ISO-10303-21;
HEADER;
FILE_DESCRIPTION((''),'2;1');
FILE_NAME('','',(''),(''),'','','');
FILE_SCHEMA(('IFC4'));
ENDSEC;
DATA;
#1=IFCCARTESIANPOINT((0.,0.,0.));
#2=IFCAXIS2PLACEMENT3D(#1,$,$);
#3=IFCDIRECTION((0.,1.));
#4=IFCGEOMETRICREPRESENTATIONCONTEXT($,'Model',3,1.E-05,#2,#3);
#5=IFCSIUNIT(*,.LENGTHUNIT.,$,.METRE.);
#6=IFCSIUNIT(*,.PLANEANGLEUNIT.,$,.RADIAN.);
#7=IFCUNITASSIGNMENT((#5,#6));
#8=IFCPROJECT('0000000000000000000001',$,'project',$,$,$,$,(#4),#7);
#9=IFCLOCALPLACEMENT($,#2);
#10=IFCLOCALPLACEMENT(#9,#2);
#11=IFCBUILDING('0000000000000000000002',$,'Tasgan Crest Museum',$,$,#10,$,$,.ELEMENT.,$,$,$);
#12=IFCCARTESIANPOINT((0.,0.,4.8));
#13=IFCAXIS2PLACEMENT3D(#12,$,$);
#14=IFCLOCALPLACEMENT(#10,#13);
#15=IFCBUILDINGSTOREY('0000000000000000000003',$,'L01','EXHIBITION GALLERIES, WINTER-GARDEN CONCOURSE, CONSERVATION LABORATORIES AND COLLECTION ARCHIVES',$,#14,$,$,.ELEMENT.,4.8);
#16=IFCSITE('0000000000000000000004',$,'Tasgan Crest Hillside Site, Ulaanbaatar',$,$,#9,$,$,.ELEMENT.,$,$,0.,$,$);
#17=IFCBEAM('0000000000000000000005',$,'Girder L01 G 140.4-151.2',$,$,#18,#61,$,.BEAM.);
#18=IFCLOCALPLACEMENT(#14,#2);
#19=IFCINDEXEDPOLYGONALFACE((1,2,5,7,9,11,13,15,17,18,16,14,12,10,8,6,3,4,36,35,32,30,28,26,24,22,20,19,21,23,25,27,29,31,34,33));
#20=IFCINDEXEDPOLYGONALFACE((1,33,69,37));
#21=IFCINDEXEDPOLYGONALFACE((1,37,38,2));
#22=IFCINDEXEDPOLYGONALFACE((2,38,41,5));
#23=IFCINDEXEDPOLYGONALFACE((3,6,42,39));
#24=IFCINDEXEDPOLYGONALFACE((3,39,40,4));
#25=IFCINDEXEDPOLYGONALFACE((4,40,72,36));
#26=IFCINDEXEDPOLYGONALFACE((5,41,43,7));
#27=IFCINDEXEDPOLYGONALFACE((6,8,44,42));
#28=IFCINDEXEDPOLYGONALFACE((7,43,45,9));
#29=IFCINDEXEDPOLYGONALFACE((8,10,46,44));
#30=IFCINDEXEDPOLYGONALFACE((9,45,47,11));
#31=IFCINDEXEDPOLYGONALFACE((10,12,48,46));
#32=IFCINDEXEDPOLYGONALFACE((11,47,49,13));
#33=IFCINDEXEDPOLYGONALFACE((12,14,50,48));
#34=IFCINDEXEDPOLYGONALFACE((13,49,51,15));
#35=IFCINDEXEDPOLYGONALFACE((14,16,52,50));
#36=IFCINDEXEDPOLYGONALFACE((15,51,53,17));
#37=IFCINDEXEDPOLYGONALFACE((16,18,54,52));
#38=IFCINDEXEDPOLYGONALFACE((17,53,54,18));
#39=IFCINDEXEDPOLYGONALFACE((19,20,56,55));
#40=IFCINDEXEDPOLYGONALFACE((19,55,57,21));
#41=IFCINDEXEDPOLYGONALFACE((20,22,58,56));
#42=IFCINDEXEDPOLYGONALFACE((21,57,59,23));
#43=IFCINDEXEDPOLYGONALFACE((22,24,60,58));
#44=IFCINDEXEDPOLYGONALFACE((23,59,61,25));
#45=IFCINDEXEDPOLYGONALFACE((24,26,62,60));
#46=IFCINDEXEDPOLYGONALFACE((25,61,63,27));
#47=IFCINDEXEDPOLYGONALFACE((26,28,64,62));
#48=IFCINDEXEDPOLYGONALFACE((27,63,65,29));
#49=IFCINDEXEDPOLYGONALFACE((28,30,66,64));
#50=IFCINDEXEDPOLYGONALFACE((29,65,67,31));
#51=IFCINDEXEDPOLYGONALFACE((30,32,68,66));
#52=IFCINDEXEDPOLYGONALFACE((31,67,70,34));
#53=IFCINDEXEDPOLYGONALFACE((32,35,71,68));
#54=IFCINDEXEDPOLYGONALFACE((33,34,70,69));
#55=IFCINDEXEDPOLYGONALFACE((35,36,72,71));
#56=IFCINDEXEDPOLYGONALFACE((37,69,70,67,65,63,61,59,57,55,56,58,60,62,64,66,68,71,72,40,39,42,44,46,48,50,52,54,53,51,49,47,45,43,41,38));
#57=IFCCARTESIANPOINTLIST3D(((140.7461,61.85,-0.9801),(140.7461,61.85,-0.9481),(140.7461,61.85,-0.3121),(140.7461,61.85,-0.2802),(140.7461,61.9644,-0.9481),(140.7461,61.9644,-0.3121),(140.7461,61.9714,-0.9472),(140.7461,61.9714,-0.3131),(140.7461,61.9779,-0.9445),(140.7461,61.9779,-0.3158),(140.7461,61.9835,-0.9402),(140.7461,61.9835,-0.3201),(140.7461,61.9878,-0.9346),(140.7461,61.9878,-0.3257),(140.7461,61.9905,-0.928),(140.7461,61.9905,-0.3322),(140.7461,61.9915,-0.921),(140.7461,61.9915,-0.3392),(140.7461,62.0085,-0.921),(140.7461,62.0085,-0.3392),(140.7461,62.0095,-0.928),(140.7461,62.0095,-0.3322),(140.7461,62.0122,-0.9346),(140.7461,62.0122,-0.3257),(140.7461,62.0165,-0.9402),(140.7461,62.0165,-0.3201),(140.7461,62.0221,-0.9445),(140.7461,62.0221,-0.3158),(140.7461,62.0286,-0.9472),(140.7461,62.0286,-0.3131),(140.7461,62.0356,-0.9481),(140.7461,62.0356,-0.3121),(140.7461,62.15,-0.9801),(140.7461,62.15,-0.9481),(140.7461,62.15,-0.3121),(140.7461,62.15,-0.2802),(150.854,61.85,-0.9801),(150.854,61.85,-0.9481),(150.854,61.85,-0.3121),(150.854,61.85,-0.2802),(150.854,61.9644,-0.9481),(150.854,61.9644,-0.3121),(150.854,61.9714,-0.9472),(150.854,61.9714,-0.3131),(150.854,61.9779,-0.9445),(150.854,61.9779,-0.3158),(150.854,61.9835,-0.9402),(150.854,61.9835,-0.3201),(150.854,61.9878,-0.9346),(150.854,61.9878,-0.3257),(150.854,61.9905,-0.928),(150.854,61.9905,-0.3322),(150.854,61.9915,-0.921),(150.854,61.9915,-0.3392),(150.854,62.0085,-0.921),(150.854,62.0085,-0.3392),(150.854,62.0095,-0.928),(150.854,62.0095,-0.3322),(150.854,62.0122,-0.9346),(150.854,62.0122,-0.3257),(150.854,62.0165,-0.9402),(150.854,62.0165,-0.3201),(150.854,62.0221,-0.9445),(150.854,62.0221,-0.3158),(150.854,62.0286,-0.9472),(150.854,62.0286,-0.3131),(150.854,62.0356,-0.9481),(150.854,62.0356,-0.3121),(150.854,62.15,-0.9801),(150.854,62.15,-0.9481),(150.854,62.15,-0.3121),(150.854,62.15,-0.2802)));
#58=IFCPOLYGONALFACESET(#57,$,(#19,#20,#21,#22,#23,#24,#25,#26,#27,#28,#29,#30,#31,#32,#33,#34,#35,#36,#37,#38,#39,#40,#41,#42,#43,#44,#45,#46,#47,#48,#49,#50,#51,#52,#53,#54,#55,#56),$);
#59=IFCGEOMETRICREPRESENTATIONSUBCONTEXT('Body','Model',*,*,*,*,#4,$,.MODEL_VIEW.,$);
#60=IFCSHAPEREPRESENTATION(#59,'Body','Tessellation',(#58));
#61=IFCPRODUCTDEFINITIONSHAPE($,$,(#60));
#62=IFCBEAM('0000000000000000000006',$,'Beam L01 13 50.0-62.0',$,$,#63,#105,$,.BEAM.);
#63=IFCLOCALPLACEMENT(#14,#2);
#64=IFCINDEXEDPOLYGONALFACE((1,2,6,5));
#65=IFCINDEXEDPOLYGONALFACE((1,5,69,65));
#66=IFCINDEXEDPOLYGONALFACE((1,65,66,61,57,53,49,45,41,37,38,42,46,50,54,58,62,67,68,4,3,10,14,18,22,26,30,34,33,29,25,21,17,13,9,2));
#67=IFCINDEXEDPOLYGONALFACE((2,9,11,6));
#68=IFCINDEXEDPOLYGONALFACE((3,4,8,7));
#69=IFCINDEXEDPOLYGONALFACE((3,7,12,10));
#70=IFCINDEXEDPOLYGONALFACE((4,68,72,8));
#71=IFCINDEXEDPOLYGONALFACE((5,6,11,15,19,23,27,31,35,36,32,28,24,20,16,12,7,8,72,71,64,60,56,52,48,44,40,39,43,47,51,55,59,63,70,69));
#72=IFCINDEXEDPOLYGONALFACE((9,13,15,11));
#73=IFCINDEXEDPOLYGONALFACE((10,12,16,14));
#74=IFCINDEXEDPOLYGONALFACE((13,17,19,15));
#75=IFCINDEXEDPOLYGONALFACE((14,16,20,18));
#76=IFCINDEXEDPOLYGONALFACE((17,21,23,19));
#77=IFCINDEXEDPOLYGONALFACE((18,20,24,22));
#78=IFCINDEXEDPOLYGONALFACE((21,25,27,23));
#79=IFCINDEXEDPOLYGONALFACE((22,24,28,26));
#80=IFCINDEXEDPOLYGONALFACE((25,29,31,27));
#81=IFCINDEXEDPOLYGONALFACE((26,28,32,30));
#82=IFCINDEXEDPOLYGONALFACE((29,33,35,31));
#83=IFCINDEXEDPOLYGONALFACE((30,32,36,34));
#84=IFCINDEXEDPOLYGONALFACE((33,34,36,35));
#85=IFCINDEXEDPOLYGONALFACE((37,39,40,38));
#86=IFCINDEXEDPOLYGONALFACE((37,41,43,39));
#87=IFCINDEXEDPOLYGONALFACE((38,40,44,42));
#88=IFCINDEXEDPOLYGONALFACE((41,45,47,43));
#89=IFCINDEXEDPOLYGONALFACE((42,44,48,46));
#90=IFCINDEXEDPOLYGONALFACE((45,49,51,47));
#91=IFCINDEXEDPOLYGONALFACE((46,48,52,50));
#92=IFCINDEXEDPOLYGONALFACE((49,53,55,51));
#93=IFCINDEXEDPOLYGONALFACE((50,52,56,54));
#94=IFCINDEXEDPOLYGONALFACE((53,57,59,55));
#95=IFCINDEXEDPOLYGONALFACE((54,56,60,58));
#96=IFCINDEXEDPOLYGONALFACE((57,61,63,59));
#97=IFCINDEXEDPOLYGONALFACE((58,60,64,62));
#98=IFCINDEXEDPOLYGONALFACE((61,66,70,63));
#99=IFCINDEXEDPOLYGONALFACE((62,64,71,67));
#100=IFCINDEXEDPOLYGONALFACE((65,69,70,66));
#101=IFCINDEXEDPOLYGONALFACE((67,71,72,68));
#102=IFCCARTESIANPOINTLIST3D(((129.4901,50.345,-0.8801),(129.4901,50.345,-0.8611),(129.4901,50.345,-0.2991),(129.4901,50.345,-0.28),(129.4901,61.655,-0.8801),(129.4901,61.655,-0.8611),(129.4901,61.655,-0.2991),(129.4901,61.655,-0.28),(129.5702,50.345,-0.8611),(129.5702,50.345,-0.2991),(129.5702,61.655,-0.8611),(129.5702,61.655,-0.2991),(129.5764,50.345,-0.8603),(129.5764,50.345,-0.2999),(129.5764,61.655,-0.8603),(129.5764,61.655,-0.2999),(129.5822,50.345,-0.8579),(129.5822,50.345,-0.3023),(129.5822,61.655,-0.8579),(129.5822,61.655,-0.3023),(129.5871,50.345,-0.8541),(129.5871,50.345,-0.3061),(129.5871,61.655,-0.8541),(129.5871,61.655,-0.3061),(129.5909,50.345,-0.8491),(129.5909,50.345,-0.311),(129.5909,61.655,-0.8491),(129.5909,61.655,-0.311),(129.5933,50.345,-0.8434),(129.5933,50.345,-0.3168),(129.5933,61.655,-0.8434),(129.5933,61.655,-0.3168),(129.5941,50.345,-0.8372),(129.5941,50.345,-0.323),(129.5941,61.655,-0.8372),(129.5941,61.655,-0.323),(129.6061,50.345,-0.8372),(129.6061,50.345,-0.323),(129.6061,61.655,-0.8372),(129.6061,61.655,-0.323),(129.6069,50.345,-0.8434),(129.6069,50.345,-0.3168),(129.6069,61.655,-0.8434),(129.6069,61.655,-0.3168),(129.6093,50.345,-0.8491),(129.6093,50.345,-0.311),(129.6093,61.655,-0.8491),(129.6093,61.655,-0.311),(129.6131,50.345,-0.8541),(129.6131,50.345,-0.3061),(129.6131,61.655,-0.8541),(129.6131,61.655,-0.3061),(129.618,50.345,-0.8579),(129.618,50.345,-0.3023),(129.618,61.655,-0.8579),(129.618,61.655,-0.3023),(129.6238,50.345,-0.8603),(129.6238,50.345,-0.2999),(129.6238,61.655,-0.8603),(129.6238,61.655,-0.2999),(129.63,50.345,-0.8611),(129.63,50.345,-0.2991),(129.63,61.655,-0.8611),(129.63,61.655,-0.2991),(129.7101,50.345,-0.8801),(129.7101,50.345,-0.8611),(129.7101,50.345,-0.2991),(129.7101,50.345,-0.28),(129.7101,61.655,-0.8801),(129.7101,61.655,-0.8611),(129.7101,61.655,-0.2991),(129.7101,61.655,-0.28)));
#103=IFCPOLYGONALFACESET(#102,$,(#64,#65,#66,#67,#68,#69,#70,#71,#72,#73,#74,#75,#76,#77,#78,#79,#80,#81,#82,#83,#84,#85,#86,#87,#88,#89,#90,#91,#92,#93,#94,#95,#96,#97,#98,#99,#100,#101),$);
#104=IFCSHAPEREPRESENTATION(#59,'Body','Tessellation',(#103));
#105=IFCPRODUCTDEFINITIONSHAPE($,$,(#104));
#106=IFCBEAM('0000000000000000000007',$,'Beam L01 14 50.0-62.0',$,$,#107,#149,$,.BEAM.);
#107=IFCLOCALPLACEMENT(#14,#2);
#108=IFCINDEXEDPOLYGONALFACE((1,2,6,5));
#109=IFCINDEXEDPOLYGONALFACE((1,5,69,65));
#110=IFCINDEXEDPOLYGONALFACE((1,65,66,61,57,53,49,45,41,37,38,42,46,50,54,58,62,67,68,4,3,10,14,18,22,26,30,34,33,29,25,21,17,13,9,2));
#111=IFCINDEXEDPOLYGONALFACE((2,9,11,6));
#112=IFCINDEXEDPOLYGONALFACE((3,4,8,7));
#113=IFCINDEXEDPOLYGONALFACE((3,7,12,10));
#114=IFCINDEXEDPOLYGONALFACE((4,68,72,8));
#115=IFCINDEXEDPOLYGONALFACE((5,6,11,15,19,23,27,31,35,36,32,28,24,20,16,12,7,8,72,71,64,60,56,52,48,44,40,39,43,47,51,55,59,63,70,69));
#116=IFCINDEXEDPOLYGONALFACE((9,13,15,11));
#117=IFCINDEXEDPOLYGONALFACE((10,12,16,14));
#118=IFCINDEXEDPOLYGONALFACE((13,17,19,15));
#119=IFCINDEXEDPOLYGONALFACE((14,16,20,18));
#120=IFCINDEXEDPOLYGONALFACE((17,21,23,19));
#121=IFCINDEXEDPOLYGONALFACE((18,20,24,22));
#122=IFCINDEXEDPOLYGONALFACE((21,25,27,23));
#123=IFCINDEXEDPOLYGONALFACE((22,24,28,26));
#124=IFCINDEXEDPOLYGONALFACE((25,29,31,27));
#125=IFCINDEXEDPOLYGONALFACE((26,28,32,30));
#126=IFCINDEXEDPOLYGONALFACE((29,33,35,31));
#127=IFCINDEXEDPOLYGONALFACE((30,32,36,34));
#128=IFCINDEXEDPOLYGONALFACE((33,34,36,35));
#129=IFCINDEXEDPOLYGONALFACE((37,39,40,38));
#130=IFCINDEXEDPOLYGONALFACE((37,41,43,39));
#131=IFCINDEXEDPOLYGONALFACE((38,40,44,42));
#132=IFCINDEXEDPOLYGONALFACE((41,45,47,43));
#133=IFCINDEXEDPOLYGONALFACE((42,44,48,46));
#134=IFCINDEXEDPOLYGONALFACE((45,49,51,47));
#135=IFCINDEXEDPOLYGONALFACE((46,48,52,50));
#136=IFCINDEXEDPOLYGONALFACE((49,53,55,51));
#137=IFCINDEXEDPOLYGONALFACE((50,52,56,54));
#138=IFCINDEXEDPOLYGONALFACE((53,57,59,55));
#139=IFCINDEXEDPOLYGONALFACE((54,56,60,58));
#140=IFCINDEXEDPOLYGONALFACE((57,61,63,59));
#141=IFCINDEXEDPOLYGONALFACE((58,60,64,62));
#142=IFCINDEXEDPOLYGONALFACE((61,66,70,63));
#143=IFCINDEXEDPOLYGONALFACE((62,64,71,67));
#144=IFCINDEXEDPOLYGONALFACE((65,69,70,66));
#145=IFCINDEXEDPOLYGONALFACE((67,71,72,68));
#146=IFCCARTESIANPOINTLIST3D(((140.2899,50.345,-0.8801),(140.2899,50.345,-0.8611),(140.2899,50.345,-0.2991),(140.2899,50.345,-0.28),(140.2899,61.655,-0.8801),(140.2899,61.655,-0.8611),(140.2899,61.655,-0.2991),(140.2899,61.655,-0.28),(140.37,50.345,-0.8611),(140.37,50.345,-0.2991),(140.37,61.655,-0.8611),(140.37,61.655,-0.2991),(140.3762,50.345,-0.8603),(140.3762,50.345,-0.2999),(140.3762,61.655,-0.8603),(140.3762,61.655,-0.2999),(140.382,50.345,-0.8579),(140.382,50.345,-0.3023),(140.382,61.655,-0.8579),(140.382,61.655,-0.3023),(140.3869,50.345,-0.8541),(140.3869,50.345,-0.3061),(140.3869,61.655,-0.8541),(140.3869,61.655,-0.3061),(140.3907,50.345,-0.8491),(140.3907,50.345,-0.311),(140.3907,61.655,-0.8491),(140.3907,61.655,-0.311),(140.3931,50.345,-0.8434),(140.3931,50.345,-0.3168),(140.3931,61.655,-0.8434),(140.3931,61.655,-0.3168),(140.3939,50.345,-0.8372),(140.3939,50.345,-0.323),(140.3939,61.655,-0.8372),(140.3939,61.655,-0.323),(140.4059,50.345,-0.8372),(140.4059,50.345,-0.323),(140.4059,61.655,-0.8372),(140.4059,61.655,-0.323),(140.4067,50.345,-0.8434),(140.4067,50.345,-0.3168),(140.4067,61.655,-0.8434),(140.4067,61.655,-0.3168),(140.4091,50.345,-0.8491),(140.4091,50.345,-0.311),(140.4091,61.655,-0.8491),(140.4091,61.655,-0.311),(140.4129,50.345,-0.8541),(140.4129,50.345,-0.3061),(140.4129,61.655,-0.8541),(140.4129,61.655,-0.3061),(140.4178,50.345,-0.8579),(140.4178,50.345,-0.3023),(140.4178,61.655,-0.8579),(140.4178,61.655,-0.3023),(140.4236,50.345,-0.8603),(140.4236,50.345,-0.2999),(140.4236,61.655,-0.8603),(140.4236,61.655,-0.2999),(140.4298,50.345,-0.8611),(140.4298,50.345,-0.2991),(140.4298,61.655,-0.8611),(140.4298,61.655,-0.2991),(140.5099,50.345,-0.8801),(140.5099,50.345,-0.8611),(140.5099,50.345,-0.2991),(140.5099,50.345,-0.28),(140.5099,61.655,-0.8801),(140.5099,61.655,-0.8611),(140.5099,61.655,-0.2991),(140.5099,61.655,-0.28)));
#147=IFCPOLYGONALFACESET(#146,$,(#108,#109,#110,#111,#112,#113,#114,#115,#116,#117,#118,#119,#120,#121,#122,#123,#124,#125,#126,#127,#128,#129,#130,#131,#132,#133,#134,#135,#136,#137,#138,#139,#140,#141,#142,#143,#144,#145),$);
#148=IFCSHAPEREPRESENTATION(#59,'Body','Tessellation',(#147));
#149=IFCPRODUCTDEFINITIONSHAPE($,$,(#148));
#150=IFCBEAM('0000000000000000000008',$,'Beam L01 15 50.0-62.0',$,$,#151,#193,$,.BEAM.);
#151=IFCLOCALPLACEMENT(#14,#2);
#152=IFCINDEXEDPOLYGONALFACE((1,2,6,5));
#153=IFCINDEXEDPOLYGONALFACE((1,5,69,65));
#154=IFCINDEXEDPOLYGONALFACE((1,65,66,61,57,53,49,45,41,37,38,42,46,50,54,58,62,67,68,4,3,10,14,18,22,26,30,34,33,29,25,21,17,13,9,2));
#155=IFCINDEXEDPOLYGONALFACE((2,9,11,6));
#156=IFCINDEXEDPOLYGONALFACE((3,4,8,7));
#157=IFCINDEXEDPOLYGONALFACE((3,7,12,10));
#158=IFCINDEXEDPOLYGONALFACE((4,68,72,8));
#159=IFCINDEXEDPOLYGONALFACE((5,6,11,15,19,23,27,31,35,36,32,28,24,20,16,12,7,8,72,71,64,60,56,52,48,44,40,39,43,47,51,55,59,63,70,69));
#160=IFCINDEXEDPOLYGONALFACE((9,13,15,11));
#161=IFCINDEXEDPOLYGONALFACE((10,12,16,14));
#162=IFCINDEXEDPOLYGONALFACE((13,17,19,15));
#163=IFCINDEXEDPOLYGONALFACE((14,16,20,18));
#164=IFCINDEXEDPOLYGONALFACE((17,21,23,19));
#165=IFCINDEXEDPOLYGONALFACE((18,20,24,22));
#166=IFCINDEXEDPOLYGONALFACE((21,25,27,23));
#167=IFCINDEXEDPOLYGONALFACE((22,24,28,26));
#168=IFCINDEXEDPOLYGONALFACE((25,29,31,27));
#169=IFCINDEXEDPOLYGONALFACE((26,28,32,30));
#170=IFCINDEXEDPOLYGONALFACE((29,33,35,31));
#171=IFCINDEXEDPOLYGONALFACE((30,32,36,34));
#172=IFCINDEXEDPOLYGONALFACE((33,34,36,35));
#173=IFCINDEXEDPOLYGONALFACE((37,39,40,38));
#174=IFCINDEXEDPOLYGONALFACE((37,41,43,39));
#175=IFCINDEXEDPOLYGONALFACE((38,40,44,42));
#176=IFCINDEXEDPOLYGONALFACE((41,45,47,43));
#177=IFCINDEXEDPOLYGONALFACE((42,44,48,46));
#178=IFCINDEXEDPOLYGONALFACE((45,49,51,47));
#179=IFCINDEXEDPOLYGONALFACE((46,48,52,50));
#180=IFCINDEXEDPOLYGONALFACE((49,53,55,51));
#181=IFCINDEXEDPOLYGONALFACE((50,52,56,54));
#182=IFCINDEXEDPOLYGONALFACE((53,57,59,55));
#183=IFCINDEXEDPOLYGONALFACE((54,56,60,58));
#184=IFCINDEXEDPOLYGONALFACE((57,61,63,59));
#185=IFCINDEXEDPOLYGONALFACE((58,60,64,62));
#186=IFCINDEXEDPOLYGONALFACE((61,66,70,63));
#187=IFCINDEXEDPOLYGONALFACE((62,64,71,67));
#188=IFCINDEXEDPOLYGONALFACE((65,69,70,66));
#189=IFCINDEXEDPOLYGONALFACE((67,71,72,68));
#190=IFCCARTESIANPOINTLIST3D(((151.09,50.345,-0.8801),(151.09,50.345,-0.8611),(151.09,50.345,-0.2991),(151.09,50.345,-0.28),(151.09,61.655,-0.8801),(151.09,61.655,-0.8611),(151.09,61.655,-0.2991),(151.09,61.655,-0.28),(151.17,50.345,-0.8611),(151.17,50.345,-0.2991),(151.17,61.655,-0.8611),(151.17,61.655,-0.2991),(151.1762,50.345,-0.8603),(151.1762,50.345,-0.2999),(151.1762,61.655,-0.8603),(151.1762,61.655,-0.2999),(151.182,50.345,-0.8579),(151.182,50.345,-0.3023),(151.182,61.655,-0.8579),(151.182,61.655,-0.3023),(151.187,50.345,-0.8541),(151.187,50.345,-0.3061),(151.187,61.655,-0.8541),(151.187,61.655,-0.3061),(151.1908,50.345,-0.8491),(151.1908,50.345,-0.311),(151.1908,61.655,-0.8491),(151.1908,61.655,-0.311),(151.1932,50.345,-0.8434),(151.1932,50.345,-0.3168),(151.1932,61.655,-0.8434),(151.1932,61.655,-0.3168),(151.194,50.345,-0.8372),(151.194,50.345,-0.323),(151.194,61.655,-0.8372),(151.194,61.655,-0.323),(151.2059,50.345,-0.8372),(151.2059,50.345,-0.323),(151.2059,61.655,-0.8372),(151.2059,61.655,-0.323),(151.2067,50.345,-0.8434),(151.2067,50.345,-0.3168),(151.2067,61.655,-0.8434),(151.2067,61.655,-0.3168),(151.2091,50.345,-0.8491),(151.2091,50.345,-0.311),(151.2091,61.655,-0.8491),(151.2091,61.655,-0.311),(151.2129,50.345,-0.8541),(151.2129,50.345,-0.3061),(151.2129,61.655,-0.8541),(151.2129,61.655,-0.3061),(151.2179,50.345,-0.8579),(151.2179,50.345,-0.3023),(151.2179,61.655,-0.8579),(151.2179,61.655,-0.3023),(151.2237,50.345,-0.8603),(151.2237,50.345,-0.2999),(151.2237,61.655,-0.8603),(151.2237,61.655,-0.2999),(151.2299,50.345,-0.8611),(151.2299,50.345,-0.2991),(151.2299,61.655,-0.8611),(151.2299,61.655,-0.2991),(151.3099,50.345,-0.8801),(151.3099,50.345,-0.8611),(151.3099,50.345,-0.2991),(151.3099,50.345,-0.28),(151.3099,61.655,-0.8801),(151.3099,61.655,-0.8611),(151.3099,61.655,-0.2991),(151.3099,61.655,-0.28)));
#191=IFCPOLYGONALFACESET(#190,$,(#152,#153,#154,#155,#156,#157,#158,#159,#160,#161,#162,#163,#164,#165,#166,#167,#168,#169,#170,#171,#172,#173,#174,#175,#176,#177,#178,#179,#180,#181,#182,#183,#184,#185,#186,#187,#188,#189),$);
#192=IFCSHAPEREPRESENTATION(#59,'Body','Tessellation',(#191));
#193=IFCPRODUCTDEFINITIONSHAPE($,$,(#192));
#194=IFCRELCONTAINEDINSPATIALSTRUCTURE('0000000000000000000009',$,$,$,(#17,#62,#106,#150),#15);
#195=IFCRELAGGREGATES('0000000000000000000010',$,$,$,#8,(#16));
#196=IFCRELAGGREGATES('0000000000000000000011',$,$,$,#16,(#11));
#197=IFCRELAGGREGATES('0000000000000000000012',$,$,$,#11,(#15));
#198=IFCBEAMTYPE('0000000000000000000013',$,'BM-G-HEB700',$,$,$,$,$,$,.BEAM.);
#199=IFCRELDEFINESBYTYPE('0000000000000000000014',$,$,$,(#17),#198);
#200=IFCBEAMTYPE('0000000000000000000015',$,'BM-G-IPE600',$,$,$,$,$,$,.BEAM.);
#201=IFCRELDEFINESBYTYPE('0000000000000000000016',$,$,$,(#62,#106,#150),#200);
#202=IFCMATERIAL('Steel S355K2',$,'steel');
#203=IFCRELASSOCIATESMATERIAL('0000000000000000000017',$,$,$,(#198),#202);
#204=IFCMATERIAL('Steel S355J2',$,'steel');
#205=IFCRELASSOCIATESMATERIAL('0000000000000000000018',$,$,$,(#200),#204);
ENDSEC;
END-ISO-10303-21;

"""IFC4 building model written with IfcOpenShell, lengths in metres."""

from ifc_helpers import new_model, si_unit, direction, frame, origin, origin_2d, place, context, subcontext, project, spatial, i_section, extrude, material, material_profile, profile_set, type_object, element, save


model = new_model("IFC4")

# Units and contexts
model_context = context("Model", 3, precision=1e-05, world=origin(), true_north=direction((0.0, 1.0)))
body_context = subcontext(model_context, "Body", "Model", "MODEL_VIEW")
ifc_project = project(units=[si_unit("LENGTHUNIT", "METRE"), si_unit("PLANEANGLEUNIT", "RADIAN")], contexts=[model_context])

# Site, building, storey
site_placement = place(None, origin())
site = spatial("IfcSite", under=ifc_project, at=site_placement, Name="Tasgan Crest Hillside Site, Ulaanbaatar", CompositionType="ELEMENT", RefElevation=0.0)
building_placement = place(site_placement, origin())
building = spatial("IfcBuilding", under=site, at=building_placement, Name="Tasgan Crest Museum", CompositionType="ELEMENT")
storey_placement = place(building_placement, frame((0.0, 0.0, 4.8)))
storey = spatial("IfcBuildingStorey", under=building, at=storey_placement, Name="L01", Description="EXHIBITION GALLERIES, WINTER-GARDEN CONCOURSE, CONSERVATION LABORATORIES AND COLLECTION ARCHIVES", CompositionType="ELEMENT", Elevation=4.8)

# Beams
ifc_material_1 = material(Name="Steel S355K2", Category="steel")
ifc_material_profile_1 = material_profile(ifc_material_1, i_section(OverallWidth=0.3, OverallDepth=0.7, WebThickness=0.0171, FlangeThickness=0.032, FilletRadius=0.0271, at=origin_2d()), Name="HEB 700")
ifc_profile_set_1 = profile_set([ifc_material_profile_1], Name="Steel S355K2")
beam_type_1 = type_object("IfcBeamType", Name="BM-G-HEB700", PredefinedType="BEAM", material=ifc_profile_set_1)
for number, where, z_axis, x_axis, name in (
    (1, (140.7461, 62.0, -0.6301), (1.0, 0.0, 0.0), (0.0, 1.0, 0.0), "Girder L01 G 140.4-151.2"),
):
    element("IfcBeam", number, at=place(storey_placement, frame(where, z_axis=z_axis, x_axis=x_axis)), inside=storey, type_object=beam_type_1, Name=name, PredefinedType="BEAM", context=body_context, shape_type="SweptSolid", body=[
        extrude(i_section(OverallWidth=0.3, OverallDepth=0.7, WebThickness=0.0171, FlangeThickness=0.032, FilletRadius=0.0271, at=origin_2d()), origin(), (0.0, 0.0, 1.0), 10.1079),
    ])
ifc_material_2 = material(Name="Steel S355J2", Category="steel")
ifc_material_profile_2 = material_profile(ifc_material_2, i_section(OverallWidth=0.22, OverallDepth=0.6001, WebThickness=0.012, FlangeThickness=0.019, FilletRadius=0.0239, at=origin_2d()), Name="IPE 600")
ifc_profile_set_2 = profile_set([ifc_material_profile_2], Name="Steel S355J2")
beam_type_2 = type_object("IfcBeamType", Name="BM-G-IPE600", PredefinedType="BEAM", material=ifc_profile_set_2)
for number, where, z_axis, x_axis, name in (
    (2, (129.6001, 50.345, -0.5801), (0.0, 1.0, 0.0), (-1.0, 0.0, 0.0), "Beam L01 13 50.0-62.0"),
    (3, (140.3999, 50.345, -0.5801), (0.0, 1.0, 0.0), (-1.0, 0.0, 0.0), "Beam L01 14 50.0-62.0"),
    (4, (151.2, 50.345, -0.5801), (0.0, 1.0, 0.0), (-1.0, 0.0, 0.0), "Beam L01 15 50.0-62.0"),
):
    element("IfcBeam", number, at=place(storey_placement, frame(where, z_axis=z_axis, x_axis=x_axis)), inside=storey, type_object=beam_type_2, Name=name, PredefinedType="BEAM", context=body_context, shape_type="SweptSolid", body=[
        extrude(i_section(OverallWidth=0.22, OverallDepth=0.6001, WebThickness=0.012, FlangeThickness=0.019, FilletRadius=0.0239, at=origin_2d()), origin(), (0.0, 0.0, 1.0), 11.3101),
    ])

save(model, "model.ifc")
